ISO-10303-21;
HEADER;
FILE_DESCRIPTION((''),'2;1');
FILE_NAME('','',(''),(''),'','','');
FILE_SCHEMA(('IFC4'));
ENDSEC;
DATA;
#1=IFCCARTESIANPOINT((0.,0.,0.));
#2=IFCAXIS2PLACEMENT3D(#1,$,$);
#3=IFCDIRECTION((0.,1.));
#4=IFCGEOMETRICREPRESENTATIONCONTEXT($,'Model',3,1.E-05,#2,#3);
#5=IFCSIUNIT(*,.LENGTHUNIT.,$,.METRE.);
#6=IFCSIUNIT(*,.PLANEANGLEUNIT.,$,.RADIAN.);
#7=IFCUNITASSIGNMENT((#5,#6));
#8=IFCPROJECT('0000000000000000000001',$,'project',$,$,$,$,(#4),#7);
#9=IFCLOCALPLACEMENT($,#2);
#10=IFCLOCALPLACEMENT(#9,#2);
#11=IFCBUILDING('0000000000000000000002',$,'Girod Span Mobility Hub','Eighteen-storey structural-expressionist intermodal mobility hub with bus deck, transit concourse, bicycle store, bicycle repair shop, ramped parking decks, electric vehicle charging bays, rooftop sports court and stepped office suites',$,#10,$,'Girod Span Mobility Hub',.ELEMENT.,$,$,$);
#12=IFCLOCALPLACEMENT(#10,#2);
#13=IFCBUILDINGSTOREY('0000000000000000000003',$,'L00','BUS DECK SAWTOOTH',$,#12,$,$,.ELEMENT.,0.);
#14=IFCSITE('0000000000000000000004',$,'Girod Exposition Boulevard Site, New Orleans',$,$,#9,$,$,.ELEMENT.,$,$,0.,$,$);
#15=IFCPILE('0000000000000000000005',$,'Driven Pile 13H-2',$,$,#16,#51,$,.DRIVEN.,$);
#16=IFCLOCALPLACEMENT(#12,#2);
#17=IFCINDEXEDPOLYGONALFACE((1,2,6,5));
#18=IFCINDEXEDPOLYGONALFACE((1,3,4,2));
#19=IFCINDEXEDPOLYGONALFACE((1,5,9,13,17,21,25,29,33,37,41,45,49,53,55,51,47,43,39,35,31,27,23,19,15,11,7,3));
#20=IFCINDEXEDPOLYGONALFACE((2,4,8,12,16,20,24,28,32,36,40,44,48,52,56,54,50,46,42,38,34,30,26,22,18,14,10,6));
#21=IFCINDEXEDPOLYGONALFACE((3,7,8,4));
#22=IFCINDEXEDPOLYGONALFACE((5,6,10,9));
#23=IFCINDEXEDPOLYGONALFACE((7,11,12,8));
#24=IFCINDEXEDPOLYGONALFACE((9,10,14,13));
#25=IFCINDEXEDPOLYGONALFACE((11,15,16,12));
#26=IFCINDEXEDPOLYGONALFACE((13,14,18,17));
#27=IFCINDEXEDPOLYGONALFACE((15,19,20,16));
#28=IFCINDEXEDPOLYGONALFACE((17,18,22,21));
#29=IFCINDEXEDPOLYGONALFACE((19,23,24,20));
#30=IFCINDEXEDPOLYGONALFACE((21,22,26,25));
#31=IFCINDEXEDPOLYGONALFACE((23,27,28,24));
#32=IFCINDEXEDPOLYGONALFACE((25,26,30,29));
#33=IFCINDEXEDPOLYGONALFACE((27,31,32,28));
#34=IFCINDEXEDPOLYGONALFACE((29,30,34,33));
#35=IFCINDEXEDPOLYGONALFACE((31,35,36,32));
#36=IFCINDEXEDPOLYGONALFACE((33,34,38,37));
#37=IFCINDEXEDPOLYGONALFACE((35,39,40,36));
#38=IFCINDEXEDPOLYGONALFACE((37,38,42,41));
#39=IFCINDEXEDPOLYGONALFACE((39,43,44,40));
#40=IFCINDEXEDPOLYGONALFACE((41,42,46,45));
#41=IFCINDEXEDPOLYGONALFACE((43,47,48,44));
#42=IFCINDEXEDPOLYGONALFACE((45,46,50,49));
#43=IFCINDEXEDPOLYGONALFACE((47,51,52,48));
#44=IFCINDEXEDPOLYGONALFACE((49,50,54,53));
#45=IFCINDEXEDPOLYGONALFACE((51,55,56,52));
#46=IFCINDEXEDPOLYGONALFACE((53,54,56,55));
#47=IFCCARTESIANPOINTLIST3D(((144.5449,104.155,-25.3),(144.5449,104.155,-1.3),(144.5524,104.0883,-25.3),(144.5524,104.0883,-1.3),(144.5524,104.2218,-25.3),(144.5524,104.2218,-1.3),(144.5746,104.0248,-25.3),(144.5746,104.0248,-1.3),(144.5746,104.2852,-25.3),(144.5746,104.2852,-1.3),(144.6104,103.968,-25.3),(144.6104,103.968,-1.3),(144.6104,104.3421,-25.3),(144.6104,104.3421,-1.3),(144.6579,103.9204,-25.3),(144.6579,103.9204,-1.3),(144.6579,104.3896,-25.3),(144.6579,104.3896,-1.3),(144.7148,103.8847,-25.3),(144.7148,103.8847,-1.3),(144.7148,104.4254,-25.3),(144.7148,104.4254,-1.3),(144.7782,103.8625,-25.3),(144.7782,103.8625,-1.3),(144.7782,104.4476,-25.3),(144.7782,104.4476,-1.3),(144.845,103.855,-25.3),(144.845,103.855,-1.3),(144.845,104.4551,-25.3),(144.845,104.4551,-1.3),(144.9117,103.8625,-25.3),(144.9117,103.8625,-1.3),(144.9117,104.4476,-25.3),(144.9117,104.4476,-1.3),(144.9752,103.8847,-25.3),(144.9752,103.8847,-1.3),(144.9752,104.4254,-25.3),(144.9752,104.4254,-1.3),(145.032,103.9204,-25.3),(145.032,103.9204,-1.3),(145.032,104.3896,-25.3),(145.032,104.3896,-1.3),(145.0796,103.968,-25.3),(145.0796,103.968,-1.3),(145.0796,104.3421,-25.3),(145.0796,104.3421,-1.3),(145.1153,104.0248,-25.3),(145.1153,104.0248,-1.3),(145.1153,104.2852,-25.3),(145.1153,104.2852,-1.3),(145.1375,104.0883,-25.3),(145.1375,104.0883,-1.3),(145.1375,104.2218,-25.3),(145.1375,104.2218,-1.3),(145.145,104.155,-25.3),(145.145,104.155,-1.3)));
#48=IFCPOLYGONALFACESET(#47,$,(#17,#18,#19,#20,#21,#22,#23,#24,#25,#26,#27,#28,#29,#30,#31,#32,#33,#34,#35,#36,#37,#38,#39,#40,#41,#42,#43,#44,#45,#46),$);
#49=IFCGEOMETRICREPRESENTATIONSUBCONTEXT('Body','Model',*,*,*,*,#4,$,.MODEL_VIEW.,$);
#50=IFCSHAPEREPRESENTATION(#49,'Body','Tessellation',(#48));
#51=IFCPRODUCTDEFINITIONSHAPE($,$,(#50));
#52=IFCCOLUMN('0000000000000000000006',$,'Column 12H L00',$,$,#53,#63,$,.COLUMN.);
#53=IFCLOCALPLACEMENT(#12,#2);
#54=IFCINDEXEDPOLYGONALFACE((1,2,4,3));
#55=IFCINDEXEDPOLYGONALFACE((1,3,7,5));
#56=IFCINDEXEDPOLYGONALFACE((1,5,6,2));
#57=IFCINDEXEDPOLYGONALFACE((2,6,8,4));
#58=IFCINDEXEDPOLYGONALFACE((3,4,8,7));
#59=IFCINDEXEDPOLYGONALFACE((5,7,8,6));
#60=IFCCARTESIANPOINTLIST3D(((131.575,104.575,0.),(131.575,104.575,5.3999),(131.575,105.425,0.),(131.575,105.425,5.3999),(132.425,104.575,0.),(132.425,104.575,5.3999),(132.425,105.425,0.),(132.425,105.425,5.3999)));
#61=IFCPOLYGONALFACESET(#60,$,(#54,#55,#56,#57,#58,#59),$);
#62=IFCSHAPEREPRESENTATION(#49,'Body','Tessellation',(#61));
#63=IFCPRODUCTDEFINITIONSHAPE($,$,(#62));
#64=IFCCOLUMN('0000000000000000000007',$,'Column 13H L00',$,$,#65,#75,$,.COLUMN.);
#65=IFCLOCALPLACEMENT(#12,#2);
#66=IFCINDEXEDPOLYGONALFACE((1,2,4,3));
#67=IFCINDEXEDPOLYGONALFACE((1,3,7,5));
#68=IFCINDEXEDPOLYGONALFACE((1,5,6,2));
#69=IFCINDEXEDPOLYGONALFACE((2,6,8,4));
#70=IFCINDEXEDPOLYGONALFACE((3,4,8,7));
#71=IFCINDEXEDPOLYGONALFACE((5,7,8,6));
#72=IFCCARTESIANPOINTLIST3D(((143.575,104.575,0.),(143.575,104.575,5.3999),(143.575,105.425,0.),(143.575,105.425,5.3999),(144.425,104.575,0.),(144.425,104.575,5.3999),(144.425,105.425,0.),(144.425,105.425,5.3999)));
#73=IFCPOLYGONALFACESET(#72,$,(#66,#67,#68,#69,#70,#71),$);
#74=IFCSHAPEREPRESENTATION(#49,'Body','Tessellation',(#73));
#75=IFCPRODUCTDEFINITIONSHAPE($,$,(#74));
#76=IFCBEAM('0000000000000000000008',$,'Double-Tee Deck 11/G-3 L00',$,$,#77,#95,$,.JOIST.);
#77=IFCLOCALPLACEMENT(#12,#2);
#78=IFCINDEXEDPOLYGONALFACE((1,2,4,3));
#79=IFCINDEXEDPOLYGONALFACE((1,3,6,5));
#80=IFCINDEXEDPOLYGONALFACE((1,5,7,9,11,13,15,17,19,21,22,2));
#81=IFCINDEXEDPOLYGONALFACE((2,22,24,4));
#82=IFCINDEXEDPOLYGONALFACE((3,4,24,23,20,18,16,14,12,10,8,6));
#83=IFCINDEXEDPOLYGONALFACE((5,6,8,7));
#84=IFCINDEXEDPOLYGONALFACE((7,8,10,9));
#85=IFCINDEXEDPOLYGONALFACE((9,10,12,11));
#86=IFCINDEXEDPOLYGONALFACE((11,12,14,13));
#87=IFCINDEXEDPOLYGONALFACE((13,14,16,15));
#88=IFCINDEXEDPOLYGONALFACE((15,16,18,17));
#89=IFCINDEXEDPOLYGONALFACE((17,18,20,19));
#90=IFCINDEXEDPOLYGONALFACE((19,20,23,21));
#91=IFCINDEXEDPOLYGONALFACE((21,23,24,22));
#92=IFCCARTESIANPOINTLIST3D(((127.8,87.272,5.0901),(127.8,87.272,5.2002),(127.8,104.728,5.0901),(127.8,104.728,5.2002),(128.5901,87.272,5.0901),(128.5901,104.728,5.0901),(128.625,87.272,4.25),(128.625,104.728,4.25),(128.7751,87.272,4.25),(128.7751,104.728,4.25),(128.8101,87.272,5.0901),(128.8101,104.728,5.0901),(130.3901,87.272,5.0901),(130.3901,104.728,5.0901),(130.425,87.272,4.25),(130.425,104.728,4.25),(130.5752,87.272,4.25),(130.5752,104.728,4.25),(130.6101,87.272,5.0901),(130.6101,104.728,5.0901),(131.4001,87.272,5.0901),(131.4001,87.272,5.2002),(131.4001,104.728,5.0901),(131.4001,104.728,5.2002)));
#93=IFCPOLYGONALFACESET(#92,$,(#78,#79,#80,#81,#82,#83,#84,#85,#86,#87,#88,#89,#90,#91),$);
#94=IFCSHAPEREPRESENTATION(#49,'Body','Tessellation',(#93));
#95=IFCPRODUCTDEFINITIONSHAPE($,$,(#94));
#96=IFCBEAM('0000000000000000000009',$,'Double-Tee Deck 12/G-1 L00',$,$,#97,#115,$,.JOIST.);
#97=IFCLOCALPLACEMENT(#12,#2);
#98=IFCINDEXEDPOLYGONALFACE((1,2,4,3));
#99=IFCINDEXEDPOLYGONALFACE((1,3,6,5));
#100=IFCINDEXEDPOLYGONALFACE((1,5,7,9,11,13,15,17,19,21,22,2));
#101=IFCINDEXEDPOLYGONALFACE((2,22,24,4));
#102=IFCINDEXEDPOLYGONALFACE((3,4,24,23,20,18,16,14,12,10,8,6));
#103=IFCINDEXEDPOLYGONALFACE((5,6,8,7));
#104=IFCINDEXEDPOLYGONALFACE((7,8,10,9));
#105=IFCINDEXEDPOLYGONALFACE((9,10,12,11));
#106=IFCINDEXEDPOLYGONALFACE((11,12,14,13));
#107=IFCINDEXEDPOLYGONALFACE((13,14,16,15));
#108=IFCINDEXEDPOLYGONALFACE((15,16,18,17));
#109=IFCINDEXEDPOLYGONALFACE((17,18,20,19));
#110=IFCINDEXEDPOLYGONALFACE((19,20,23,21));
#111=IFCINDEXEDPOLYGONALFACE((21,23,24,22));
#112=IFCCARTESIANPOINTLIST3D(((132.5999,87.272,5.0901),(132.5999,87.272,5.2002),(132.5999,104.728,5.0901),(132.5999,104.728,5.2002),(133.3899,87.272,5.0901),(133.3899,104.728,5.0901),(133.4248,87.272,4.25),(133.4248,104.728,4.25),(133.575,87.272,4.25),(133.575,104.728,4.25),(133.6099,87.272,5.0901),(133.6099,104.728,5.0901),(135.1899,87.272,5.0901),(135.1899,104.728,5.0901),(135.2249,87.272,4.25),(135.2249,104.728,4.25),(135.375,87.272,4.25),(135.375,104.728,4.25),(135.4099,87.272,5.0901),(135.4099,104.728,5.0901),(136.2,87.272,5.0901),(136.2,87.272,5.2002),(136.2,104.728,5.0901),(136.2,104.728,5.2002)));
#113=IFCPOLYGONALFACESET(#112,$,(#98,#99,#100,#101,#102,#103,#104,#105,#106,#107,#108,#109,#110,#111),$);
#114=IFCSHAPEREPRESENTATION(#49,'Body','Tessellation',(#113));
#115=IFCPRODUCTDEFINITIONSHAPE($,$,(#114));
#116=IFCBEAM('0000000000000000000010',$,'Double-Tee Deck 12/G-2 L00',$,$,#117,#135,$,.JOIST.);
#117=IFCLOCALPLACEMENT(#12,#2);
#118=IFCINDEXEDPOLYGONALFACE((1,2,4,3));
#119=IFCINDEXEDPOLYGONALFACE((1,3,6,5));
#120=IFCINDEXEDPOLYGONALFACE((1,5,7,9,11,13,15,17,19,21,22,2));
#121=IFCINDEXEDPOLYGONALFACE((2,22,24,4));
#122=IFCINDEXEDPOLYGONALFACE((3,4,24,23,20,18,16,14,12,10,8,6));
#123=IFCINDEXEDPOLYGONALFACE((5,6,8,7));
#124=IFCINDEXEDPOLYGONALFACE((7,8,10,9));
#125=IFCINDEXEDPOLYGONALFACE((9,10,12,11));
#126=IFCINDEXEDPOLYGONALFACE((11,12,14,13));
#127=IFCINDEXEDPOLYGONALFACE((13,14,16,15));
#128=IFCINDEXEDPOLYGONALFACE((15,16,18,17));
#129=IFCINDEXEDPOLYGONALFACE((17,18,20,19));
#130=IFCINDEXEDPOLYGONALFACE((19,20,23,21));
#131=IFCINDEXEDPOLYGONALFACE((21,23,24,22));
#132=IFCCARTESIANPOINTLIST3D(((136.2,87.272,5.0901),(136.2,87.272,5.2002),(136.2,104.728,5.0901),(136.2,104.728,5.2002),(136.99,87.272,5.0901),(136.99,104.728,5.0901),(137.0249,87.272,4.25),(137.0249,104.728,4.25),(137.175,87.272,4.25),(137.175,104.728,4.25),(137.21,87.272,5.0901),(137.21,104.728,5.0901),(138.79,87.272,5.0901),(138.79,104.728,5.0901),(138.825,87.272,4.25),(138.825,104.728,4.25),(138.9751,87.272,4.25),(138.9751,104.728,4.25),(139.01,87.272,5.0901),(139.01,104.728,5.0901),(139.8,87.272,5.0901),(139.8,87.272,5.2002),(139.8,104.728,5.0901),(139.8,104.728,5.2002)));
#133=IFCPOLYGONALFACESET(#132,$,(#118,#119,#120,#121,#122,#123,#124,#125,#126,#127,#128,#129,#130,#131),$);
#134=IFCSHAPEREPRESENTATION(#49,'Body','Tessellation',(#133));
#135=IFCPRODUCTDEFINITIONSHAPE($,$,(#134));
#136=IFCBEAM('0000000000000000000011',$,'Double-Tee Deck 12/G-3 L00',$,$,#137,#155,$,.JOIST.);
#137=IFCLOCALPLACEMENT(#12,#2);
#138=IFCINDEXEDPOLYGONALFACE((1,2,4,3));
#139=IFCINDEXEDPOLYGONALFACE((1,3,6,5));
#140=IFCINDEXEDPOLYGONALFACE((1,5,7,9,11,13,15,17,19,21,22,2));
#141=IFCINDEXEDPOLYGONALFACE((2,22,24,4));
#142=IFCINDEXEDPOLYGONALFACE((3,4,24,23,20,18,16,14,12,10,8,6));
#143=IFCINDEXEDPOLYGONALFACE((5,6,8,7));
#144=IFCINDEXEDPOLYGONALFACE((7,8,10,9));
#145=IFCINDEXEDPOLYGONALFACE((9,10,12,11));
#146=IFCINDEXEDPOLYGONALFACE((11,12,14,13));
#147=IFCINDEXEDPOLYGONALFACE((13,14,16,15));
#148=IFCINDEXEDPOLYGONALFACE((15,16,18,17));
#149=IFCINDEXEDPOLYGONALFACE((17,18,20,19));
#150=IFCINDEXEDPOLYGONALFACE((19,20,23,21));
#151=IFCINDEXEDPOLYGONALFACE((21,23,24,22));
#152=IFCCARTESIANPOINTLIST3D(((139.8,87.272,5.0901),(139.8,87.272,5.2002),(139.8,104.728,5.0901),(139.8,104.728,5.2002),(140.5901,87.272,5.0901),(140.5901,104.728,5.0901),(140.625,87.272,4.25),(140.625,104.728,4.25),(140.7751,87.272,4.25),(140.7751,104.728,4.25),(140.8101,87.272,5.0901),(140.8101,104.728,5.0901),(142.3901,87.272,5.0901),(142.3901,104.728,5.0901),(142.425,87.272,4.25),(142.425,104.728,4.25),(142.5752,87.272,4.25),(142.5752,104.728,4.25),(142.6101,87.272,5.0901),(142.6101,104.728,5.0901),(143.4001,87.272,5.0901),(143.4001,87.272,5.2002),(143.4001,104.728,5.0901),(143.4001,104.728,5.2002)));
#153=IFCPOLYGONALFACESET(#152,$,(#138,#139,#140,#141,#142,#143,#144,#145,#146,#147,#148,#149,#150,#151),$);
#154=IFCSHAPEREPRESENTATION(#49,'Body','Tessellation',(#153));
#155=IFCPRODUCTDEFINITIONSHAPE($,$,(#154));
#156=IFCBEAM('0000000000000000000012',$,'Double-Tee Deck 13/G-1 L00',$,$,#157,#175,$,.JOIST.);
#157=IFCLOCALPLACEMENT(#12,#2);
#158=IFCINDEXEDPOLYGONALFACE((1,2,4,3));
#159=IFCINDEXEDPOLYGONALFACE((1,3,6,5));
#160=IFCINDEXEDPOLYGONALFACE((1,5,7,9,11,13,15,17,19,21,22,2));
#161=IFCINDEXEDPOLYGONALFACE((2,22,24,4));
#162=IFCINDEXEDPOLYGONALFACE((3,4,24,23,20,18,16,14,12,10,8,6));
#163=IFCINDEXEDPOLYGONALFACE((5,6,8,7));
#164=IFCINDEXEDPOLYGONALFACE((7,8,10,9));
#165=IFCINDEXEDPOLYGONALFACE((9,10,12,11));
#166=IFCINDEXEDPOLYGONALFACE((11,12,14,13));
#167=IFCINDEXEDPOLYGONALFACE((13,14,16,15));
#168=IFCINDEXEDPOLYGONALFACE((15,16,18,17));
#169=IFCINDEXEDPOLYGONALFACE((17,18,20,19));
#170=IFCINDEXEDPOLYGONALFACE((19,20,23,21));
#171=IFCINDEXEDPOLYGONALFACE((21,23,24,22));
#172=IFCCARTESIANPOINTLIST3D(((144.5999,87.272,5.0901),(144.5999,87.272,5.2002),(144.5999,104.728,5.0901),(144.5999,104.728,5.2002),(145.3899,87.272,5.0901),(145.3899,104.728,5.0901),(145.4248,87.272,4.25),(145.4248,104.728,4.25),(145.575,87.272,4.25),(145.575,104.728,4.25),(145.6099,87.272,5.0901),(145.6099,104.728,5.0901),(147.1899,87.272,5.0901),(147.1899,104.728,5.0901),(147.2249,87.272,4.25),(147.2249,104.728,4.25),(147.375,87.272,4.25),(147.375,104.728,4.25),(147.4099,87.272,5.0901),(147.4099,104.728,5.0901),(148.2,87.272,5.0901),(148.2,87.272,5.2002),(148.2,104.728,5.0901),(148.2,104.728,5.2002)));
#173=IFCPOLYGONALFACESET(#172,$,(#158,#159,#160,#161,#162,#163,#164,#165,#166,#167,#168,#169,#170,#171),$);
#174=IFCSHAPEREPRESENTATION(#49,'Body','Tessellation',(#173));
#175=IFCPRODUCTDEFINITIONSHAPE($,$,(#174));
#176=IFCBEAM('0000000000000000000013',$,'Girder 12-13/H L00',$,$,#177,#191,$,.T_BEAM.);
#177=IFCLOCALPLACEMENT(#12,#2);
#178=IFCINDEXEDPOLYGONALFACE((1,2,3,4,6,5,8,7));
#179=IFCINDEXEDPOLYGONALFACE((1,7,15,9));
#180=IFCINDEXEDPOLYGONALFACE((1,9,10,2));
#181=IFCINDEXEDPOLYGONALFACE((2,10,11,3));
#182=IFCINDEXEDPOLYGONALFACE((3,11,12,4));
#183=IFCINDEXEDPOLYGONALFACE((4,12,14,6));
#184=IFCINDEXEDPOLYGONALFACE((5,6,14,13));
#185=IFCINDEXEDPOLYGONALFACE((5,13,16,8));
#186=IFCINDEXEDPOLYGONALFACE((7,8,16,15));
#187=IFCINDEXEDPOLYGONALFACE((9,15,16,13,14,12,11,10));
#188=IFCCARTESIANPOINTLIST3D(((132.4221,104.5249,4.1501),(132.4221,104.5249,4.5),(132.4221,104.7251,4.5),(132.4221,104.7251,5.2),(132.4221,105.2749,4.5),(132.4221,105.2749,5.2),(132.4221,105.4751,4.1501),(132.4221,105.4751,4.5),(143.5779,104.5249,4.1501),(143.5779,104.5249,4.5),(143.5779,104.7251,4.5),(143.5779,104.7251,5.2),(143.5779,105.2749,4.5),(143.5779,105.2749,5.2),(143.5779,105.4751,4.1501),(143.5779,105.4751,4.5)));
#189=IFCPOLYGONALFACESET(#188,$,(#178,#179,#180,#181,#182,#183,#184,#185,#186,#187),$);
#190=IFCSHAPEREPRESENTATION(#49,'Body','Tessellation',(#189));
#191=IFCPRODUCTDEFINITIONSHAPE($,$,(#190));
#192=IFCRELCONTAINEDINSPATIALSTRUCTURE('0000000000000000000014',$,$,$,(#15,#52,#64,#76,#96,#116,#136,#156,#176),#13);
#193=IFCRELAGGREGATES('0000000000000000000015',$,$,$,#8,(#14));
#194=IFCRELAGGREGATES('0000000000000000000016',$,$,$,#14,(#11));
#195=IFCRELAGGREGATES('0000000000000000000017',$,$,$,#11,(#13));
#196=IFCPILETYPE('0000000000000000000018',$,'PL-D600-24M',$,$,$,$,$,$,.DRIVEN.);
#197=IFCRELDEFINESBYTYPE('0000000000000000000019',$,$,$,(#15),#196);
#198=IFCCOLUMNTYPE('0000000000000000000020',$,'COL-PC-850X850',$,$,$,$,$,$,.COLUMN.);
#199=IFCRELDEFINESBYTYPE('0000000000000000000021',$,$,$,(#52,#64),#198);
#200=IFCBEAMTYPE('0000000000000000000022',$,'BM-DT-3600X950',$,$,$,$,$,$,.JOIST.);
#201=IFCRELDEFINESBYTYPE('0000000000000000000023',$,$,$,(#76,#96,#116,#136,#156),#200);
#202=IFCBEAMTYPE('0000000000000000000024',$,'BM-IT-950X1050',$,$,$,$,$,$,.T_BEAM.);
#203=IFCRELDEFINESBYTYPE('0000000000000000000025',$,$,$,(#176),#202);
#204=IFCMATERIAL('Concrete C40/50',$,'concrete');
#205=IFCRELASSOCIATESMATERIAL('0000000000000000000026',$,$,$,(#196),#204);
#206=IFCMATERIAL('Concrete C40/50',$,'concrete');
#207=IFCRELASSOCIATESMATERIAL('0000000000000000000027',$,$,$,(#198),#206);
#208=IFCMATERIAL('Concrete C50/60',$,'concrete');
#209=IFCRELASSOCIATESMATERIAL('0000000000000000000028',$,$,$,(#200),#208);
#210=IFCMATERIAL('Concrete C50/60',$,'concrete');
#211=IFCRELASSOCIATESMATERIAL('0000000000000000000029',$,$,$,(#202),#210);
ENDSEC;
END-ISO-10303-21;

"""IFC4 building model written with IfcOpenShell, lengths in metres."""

from ifc_helpers import new_model, si_unit, direction, frame, origin, origin_2d, place, context, subcontext, project, spatial, polyline, rectangle, circle, outline, extrude, material, material_profile, profile_set, type_object, element, save


model = new_model("IFC4")

# Units and contexts
model_context = context("Model", 3, precision=1e-05, world=origin(), true_north=direction((0.0, 1.0)))
body_context = subcontext(model_context, "Body", "Model", "MODEL_VIEW")
ifc_project = project(units=[si_unit("LENGTHUNIT", "METRE"), si_unit("PLANEANGLEUNIT", "RADIAN")], contexts=[model_context])

# Site, building, storey
site_placement = place(None, origin())
site = spatial("IfcSite", under=ifc_project, at=site_placement, Name="Girod Exposition Boulevard Site, New Orleans", CompositionType="ELEMENT", RefElevation=0.0)
building_placement = place(site_placement, origin())
building = spatial("IfcBuilding", under=site, at=building_placement, Name="Girod Span Mobility Hub", Description="Eighteen-storey structural-expressionist intermodal mobility hub with bus deck, transit concourse, bicycle store, bicycle repair shop, ramped parking decks, electric vehicle charging bays, rooftop sports court and stepped office suites", LongName="Girod Span Mobility Hub", CompositionType="ELEMENT")
storey_placement = place(building_placement, origin())
storey = spatial("IfcBuildingStorey", under=building, at=storey_placement, Name="L00", Description="BUS DECK SAWTOOTH", CompositionType="ELEMENT", Elevation=0.0)

# Pile
ifc_material_1 = material(Name="Concrete C40/50", Category="concrete")
ifc_material_profile_1 = material_profile(ifc_material_1, circle(Radius=0.3, at=origin_2d()), Name="PILE-D600")
ifc_profile_set_1 = profile_set([ifc_material_profile_1], Name="Concrete C40/50")
pile_type = type_object("IfcPileType", Name="PL-D600-24M", PredefinedType="DRIVEN", material=ifc_profile_set_1)
for number, where, z_axis, x_axis, name in (
    (1, (144.845, 104.155, -1.3), (0.0, 0.0, -1.0), (1.0, 0.0, 0.0), "Driven Pile 13H-2"),
):
    element("IfcPile", number, at=place(storey_placement, frame(where, z_axis=z_axis, x_axis=x_axis)), inside=storey, type_object=pile_type, Name=name, PredefinedType="DRIVEN", context=body_context, shape_type="SweptSolid", body=[
        extrude(circle(Radius=0.3, at=origin_2d()), origin(), (0.0, 0.0, 1.0), 24.0),
    ])

# Columns
ifc_material_2 = material(Name="Concrete C40/50", Category="concrete")
ifc_material_profile_2 = material_profile(ifc_material_2, rectangle(XDim=0.8501, YDim=0.8501, at=origin_2d()), Name="PC-COL-850X850")
ifc_profile_set_2 = profile_set([ifc_material_profile_2], Name="Concrete C40/50")
column_type = type_object("IfcColumnType", Name="COL-PC-850X850", PredefinedType="COLUMN", material=ifc_profile_set_2)
for number, where, z_axis, x_axis, name in (
    (2, (132.0, 105.0, 0.0), (0.0, 0.0, 1.0), (1.0, 0.0, 0.0), "Column 12H L00"),
    (3, (144.0, 105.0, 0.0), (0.0, 0.0, 1.0), (1.0, 0.0, 0.0), "Column 13H L00"),
):
    element("IfcColumn", number, at=place(storey_placement, frame(where, z_axis=z_axis, x_axis=x_axis)), inside=storey, type_object=column_type, Name=name, PredefinedType="COLUMN", context=body_context, shape_type="SweptSolid", body=[
        extrude(rectangle(XDim=0.8501, YDim=0.8501, at=origin_2d()), origin(), (0.0, 0.0, 1.0), 5.3999),
    ])

# Beams
ifc_material_3 = material(Name="Concrete C50/60", Category="concrete")
ifc_material_profile_3 = material_profile(ifc_material_3, outline(polyline([(-1.8, 0.4751), (-1.8, 0.365), (-1.01, 0.365), (-0.9751, -0.4751), (-0.825, -0.4751), (-0.79, 0.365), (0.79, 0.365), (0.825, -0.4751), (0.9751, -0.4751), (1.01, 0.365), (1.8, 0.365), (1.8, 0.4751), (-1.8, 0.4751)])), Name="DT-3600X950")
ifc_profile_set_3 = profile_set([ifc_material_profile_3], Name="Concrete C50/60")
beam_type_1 = type_object("IfcBeamType", Name="BM-DT-3600X950", PredefinedType="JOIST", material=ifc_profile_set_3)
for number, where, z_axis, x_axis, name in (
    (4, (129.6001, 87.272, 4.7251), (0.0, 1.0, 0.0), (-1.0, 0.0, 0.0), "Double-Tee Deck 11/G-3 L00"),
    (5, (134.3999, 87.272, 4.7251), (0.0, 1.0, 0.0), (-1.0, 0.0, 0.0), "Double-Tee Deck 12/G-1 L00"),
    (6, (138.0, 87.272, 4.7251), (0.0, 1.0, 0.0), (-1.0, 0.0, 0.0), "Double-Tee Deck 12/G-2 L00"),
    (7, (141.6001, 87.272, 4.7251), (0.0, 1.0, 0.0), (-1.0, 0.0, 0.0), "Double-Tee Deck 12/G-3 L00"),
    (8, (146.3999, 87.272, 4.7251), (0.0, 1.0, 0.0), (-1.0, 0.0, 0.0), "Double-Tee Deck 13/G-1 L00"),
):
    element("IfcBeam", number, at=place(storey_placement, frame(where, z_axis=z_axis, x_axis=x_axis)), inside=storey, type_object=beam_type_1, Name=name, PredefinedType="JOIST", context=body_context, shape_type="SweptSolid", body=[
        extrude(outline(polyline([(-1.8, 0.4751), (-1.8, 0.365), (-1.01, 0.365), (-0.9751, -0.4751), (-0.825, -0.4751), (-0.79, 0.365), (0.79, 0.365), (0.825, -0.4751), (0.9751, -0.4751), (1.01, 0.365), (1.8, 0.365), (1.8, 0.4751), (-1.8, 0.4751)])), origin(), (0.0, 0.0, 1.0), 17.4561),
    ])
ifc_material_4 = material(Name="Concrete C50/60", Category="concrete")
ifc_material_profile_4 = material_profile(ifc_material_4, outline(polyline([(-0.4751, -0.5249), (0.4751, -0.5249), (0.4751, -0.175), (0.2749, -0.175), (0.2749, 0.5249), (-0.2749, 0.5249), (-0.2749, -0.175), (-0.4751, -0.175), (-0.4751, -0.5249)])), Name="IT-950X1050")
ifc_profile_set_4 = profile_set([ifc_material_profile_4], Name="Concrete C50/60")
beam_type_2 = type_object("IfcBeamType", Name="BM-IT-950X1050", PredefinedType="T_BEAM", material=ifc_profile_set_4)
for number, where, z_axis, x_axis, name in (
    (9, (132.4221, 105.0, 4.675), (1.0, 0.0, 0.0), (0.0, 1.0, 0.0), "Girder 12-13/H L00"),
):
    element("IfcBeam", number, at=place(storey_placement, frame(where, z_axis=z_axis, x_axis=x_axis)), inside=storey, type_object=beam_type_2, Name=name, PredefinedType="T_BEAM", context=body_context, shape_type="SweptSolid", body=[
        extrude(outline(polyline([(-0.4751, -0.5249), (0.4751, -0.5249), (0.4751, -0.175), (0.2749, -0.175), (0.2749, 0.5249), (-0.2749, 0.5249), (-0.2749, -0.175), (-0.4751, -0.175), (-0.4751, -0.5249)])), origin(), (0.0, 0.0, 1.0), 11.1558),
    ])

save(model, "model.ifc")
